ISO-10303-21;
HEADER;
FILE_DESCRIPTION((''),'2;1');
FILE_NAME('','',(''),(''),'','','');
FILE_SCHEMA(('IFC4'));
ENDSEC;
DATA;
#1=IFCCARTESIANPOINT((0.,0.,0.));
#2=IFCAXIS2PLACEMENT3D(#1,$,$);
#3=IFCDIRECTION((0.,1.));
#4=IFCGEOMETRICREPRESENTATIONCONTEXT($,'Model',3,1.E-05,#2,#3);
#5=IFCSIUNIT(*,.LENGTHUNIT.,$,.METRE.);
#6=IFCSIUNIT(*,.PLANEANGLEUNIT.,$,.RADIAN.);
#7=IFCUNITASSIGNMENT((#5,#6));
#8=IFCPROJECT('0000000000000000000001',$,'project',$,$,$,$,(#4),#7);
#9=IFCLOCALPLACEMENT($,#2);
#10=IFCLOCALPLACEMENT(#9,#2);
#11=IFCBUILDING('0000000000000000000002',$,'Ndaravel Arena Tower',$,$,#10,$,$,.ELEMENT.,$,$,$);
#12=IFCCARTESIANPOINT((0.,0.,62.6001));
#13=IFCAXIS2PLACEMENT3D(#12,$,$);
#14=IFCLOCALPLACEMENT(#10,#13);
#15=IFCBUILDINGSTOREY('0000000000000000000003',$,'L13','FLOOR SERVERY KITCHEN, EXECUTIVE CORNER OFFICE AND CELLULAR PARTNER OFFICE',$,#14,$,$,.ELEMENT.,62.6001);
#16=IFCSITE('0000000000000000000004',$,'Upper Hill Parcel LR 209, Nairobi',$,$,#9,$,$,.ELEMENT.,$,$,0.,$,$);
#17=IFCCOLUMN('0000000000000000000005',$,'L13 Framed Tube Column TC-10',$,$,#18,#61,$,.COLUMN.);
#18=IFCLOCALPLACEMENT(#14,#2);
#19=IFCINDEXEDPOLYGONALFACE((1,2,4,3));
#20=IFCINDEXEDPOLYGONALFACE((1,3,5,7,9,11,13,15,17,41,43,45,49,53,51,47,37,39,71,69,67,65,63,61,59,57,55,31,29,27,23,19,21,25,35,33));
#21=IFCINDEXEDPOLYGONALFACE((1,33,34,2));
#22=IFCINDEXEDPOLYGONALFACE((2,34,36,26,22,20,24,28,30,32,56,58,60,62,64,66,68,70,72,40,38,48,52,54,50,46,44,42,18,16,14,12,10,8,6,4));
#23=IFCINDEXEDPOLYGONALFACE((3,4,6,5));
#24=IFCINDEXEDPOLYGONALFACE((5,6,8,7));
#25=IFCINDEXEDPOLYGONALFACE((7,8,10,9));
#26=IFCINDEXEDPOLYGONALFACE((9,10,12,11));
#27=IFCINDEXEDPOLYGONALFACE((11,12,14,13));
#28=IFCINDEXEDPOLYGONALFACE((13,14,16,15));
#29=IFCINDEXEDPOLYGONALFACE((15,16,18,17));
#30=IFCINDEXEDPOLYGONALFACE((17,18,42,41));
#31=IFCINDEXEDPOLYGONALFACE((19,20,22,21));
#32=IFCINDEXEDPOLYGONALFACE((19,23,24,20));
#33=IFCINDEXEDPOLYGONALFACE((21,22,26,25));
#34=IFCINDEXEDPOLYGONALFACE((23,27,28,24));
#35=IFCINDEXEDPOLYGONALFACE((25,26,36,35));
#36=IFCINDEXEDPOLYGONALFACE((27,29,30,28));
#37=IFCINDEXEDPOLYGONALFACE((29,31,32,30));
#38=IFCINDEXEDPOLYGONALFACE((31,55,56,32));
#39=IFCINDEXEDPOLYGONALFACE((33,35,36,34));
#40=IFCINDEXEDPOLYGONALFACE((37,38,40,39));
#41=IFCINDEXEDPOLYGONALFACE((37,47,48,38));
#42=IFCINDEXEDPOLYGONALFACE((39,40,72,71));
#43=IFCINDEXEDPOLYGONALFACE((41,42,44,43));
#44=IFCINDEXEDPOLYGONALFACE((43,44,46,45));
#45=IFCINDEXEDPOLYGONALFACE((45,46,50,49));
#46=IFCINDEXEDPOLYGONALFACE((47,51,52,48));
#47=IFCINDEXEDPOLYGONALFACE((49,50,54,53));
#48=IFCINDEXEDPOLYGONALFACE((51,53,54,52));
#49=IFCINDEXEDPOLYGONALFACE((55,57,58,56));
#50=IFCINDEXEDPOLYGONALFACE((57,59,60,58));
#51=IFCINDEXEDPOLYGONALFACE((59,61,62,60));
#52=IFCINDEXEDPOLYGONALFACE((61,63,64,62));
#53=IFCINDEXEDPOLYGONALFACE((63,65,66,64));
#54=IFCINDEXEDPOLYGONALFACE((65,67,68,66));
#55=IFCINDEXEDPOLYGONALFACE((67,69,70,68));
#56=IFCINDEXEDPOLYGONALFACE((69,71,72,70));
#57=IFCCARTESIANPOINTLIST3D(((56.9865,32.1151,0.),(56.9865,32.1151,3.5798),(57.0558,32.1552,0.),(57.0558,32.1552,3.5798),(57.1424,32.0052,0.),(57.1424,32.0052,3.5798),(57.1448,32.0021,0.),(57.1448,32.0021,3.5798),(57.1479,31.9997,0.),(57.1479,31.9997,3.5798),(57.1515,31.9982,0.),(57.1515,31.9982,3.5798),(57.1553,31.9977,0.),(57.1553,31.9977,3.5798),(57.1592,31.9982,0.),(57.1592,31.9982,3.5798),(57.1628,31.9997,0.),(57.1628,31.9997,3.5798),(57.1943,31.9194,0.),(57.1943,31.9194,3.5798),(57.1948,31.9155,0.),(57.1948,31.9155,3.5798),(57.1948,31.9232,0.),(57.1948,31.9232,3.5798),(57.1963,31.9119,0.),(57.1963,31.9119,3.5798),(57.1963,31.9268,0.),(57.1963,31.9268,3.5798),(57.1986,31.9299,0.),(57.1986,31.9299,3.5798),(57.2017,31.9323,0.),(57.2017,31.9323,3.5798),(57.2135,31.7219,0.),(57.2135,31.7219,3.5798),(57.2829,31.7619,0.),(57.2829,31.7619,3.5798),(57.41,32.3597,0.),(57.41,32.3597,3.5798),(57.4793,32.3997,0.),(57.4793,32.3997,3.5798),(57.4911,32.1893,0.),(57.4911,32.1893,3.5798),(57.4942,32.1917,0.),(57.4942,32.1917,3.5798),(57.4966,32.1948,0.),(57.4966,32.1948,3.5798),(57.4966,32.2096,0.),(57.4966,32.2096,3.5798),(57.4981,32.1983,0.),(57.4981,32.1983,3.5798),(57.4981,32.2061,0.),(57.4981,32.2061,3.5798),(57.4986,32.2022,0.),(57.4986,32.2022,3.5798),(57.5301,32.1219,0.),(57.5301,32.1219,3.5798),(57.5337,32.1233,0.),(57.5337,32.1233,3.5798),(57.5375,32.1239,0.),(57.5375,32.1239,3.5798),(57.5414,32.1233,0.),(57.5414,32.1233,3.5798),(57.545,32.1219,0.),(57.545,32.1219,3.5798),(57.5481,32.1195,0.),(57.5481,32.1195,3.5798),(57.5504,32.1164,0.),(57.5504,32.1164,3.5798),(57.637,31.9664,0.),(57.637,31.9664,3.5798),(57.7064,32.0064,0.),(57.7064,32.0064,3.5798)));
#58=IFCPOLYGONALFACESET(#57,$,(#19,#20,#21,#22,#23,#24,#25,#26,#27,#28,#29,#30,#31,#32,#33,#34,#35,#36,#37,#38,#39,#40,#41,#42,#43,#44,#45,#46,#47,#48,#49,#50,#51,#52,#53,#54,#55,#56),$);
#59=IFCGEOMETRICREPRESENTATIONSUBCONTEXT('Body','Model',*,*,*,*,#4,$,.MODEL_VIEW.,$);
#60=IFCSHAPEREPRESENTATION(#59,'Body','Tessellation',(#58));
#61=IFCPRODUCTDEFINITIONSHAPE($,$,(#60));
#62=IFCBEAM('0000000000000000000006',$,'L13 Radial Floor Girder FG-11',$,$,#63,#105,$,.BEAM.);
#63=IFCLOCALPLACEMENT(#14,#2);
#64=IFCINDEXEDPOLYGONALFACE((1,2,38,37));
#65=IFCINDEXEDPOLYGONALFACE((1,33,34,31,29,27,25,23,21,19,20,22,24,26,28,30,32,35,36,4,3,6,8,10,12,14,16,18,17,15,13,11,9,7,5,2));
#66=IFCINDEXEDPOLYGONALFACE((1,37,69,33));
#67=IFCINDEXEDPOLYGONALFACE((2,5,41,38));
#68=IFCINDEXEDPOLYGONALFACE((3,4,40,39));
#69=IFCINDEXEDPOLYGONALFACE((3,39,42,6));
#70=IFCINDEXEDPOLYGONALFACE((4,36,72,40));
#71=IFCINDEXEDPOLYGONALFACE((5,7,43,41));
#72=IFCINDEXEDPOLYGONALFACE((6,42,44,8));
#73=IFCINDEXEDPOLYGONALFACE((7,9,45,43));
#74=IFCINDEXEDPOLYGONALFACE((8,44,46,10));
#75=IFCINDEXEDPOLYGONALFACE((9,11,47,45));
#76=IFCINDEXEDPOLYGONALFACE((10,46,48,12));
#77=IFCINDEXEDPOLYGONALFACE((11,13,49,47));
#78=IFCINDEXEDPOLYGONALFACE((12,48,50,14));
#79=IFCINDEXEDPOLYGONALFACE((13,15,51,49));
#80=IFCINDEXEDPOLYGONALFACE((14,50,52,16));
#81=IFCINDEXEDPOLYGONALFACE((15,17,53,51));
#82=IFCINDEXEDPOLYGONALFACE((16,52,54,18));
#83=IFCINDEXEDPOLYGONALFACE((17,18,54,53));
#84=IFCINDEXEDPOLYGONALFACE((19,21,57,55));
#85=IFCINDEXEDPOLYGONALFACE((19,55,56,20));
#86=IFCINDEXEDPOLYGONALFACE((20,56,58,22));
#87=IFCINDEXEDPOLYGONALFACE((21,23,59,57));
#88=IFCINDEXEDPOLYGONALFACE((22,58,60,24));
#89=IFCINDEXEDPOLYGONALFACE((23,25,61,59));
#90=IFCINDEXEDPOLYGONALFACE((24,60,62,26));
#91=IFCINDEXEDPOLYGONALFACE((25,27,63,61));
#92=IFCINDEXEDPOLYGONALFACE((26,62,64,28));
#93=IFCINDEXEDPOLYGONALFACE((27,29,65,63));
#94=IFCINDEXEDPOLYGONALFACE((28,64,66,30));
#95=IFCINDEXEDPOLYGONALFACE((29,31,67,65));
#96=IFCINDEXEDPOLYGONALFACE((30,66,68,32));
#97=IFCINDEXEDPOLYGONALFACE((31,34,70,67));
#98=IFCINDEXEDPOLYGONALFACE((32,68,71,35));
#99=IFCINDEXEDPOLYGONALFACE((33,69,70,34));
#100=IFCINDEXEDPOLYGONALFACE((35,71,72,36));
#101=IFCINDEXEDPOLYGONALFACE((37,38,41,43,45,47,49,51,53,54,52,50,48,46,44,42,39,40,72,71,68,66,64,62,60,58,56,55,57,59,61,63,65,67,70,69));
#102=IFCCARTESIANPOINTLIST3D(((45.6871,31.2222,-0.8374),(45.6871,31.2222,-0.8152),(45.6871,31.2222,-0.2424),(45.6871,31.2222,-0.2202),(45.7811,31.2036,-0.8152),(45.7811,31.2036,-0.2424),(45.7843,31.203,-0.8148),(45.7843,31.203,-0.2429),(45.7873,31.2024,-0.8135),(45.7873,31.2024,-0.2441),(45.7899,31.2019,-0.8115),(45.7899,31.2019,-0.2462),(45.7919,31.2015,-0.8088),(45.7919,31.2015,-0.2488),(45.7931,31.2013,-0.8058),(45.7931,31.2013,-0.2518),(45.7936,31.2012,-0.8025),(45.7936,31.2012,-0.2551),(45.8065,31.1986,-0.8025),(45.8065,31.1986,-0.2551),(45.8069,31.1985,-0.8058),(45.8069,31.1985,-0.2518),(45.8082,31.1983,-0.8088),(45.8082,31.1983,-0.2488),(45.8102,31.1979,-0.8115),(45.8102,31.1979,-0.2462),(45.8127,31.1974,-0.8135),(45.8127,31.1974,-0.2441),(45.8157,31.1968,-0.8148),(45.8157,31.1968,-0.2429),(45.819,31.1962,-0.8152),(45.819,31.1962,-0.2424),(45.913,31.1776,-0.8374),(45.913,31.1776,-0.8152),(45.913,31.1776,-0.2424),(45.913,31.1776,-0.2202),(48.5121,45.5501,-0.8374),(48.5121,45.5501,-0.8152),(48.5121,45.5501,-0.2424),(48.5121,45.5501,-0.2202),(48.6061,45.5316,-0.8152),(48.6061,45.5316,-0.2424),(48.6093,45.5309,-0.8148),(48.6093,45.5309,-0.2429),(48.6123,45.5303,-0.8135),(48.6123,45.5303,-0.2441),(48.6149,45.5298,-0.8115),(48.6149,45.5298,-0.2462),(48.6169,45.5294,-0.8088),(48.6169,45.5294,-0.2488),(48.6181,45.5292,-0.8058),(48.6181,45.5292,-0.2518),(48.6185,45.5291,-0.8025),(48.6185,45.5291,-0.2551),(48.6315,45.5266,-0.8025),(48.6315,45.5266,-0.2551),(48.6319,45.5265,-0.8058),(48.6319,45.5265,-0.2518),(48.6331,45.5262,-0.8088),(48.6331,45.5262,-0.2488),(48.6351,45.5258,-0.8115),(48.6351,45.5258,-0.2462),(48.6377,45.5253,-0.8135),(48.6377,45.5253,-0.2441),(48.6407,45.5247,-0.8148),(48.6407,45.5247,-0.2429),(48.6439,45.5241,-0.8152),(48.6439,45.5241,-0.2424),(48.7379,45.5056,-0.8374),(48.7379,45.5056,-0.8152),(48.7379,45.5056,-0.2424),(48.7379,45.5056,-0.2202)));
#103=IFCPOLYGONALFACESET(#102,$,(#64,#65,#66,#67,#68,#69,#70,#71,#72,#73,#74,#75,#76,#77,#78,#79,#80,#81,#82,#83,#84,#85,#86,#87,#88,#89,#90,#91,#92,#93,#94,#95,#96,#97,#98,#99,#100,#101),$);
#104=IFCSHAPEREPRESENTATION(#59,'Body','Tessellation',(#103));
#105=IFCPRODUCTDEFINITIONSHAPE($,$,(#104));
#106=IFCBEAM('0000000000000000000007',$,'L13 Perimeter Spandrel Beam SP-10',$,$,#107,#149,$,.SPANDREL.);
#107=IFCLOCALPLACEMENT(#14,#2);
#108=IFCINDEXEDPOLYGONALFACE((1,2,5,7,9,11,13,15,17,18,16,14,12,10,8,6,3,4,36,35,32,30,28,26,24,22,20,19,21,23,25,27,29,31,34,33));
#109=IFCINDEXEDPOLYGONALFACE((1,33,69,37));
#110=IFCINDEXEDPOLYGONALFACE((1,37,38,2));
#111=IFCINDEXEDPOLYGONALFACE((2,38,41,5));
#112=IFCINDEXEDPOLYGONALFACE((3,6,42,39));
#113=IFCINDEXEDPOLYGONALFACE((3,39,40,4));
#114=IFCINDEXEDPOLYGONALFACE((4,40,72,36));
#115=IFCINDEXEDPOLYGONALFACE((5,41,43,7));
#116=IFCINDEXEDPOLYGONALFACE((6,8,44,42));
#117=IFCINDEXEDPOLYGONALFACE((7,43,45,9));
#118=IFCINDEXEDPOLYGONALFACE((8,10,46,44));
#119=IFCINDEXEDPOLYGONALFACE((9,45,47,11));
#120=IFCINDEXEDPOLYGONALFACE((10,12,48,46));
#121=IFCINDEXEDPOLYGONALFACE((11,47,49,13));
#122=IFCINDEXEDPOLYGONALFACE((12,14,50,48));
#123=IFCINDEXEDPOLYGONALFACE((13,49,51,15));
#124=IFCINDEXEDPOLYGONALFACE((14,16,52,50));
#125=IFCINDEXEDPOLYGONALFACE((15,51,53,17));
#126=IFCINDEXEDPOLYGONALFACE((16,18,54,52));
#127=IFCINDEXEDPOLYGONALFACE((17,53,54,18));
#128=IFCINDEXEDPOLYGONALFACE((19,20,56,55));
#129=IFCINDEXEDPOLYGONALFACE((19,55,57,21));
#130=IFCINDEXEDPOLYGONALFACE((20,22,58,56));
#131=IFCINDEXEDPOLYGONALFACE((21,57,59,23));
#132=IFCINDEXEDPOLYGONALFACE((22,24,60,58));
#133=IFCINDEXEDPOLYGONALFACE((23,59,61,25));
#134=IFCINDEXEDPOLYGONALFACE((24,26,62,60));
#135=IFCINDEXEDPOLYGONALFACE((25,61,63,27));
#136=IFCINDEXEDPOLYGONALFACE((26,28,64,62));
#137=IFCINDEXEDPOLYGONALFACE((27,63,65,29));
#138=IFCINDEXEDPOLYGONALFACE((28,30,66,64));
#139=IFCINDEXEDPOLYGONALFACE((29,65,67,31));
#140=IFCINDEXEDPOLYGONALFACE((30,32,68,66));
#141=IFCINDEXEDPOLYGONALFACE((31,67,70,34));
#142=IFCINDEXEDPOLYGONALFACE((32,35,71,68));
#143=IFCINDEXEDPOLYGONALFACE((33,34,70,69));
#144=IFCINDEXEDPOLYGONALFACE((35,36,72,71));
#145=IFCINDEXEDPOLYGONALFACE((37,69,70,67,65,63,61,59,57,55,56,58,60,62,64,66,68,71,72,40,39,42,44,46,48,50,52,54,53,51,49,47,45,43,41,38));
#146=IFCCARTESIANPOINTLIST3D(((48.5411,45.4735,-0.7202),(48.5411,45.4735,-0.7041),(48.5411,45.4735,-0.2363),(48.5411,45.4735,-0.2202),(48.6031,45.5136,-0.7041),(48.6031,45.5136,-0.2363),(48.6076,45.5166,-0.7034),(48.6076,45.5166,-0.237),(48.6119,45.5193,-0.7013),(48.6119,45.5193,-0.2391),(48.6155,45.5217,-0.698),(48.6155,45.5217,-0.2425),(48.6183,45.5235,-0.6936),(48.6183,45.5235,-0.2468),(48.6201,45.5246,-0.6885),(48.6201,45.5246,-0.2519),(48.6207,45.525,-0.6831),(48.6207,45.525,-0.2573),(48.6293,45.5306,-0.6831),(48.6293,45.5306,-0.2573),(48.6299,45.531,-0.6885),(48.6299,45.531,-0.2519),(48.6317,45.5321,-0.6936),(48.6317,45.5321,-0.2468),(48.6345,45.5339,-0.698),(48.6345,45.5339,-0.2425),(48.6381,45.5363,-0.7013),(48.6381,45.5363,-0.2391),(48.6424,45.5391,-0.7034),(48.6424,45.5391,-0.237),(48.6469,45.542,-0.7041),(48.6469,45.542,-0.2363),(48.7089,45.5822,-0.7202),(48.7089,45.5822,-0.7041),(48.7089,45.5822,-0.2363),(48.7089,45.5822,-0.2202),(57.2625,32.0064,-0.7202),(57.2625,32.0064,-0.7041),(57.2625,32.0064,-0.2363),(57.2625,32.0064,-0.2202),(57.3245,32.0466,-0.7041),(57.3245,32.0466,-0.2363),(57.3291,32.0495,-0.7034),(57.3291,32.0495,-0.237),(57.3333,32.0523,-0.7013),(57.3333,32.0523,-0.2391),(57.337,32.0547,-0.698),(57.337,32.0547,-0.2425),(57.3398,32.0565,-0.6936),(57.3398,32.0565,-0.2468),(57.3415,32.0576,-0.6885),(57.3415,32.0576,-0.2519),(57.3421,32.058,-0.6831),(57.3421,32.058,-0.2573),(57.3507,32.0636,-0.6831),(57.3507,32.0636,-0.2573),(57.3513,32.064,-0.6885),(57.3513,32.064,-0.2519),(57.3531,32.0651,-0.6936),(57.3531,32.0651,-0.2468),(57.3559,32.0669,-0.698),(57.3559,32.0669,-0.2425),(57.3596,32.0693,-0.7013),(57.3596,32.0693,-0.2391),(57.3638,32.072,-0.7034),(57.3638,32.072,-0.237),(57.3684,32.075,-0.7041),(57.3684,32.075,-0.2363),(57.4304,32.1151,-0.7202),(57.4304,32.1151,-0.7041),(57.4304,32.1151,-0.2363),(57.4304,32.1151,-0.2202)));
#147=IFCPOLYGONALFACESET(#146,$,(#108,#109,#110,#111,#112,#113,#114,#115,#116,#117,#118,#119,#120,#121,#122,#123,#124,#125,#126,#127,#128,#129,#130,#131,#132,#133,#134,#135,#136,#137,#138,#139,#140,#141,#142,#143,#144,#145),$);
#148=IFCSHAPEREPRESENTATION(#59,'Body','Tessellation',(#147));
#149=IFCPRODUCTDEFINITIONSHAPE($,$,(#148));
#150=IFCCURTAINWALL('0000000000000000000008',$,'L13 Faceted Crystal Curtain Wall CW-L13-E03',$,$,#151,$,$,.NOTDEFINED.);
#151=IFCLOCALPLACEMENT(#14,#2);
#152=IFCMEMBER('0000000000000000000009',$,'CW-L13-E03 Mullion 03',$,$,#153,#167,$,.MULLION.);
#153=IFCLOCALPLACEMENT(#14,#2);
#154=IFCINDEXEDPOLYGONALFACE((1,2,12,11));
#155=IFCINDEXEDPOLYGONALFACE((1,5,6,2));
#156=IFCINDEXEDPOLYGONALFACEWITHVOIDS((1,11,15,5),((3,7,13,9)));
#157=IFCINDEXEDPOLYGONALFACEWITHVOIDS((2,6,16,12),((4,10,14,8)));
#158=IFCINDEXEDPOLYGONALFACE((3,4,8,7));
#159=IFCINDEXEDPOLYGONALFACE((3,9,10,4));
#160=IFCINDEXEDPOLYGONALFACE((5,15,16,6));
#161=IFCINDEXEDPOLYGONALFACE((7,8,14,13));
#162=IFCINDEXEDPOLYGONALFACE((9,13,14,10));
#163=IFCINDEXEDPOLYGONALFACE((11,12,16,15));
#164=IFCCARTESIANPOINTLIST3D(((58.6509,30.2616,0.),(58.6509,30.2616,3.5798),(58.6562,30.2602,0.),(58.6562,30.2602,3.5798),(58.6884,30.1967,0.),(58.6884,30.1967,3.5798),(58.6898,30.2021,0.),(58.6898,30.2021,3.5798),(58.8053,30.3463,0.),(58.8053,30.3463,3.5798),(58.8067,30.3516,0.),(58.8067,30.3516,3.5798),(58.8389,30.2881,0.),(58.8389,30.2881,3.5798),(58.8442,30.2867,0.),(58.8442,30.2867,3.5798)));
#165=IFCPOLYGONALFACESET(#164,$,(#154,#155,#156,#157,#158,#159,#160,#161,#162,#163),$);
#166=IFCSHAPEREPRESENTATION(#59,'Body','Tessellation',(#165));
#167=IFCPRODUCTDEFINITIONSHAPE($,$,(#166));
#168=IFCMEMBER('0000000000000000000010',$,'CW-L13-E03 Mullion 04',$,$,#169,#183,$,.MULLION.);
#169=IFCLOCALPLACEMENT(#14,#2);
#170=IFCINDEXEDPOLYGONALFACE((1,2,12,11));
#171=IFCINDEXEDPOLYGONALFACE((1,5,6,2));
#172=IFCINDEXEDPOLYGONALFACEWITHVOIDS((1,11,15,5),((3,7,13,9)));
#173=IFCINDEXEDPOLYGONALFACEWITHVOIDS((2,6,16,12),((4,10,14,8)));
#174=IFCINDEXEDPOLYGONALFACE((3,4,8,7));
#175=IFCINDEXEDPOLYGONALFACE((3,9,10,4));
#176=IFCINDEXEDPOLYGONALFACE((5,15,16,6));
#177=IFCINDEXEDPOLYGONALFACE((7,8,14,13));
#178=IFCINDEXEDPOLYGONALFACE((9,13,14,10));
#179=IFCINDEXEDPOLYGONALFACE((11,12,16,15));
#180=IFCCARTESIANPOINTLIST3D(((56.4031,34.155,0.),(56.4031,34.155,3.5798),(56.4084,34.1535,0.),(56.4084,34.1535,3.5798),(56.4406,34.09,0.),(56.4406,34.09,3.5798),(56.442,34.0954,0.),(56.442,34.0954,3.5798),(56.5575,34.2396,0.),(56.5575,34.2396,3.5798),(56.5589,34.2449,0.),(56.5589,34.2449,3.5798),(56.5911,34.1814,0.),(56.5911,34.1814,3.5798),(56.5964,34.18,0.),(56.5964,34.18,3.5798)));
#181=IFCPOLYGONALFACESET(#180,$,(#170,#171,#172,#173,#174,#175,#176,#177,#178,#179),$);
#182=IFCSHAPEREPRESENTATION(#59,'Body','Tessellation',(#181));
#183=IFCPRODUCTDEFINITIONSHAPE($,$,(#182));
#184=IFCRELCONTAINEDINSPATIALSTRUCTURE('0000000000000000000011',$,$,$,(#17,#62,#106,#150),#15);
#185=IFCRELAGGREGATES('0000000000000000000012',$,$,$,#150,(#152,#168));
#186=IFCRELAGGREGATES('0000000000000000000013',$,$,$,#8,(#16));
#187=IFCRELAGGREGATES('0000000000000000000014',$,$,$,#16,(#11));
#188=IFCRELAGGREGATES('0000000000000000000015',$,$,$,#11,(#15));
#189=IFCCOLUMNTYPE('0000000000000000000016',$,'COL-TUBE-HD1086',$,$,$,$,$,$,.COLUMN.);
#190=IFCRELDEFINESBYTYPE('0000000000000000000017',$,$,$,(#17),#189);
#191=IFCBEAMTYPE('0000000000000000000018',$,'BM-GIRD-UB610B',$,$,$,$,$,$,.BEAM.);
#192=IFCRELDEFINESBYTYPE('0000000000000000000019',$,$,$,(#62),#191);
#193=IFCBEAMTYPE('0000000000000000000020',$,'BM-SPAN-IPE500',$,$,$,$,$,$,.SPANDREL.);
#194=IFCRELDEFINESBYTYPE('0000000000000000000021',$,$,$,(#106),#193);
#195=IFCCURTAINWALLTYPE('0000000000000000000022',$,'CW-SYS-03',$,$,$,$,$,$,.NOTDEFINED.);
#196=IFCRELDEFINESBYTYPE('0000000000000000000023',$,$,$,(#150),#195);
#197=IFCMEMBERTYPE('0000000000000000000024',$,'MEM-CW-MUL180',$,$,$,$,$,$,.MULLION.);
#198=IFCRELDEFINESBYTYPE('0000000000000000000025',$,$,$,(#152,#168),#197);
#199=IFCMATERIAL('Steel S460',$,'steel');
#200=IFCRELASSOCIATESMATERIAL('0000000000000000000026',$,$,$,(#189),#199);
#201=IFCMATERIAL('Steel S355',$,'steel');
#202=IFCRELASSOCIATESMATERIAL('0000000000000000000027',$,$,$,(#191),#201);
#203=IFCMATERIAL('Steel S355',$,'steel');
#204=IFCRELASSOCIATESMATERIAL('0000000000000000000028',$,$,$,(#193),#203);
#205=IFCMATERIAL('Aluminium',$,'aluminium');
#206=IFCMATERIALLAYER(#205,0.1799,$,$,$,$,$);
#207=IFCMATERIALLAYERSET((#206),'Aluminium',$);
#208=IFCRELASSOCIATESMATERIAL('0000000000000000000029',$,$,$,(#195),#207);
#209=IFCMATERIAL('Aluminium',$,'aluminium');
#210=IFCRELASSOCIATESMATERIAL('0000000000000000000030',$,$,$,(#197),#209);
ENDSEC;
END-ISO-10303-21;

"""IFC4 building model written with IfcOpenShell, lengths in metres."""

from ifc_helpers import new_model, si_unit, direction, frame, origin, origin_2d, place, context, subcontext, project, spatial, hollow_rectangle, i_section, extrude, material, layer, layer_set, material_profile, profile_set, type_object, element, aggregate, save


model = new_model("IFC4")

# Units and contexts
model_context = context("Model", 3, precision=1e-05, world=origin(), true_north=direction((0.0, 1.0)))
body_context = subcontext(model_context, "Body", "Model", "MODEL_VIEW")
ifc_project = project(units=[si_unit("LENGTHUNIT", "METRE"), si_unit("PLANEANGLEUNIT", "RADIAN")], contexts=[model_context])

# Site, building, storey
site_placement = place(None, origin())
site = spatial("IfcSite", under=ifc_project, at=site_placement, Name="Upper Hill Parcel LR 209, Nairobi", CompositionType="ELEMENT", RefElevation=0.0)
building_placement = place(site_placement, origin())
building = spatial("IfcBuilding", under=site, at=building_placement, Name="Ndaravel Arena Tower", CompositionType="ELEMENT")
storey_placement = place(building_placement, frame((0.0, 0.0, 62.6001)))
storey = spatial("IfcBuildingStorey", under=building, at=storey_placement, Name="L13", Description="FLOOR SERVERY KITCHEN, EXECUTIVE CORNER OFFICE AND CELLULAR PARTNER OFFICE", CompositionType="ELEMENT", Elevation=62.6001)

# Column
ifc_material_1 = material(Name="Steel S460", Category="steel")
ifc_material_profile_1 = material_profile(ifc_material_1, i_section(OverallWidth=0.4541, OverallDepth=0.5691, WebThickness=0.0779, FlangeThickness=0.0801, FilletRadius=0.0149, at=origin_2d()), Name="HD 400x1086")
ifc_profile_set_1 = profile_set([ifc_material_profile_1], Name="Steel S460")
column_type = type_object("IfcColumnType", Name="COL-TUBE-HD1086", PredefinedType="COLUMN", material=ifc_profile_set_1)
column_placement = place(storey_placement, frame((57.3464, 32.0608, 0.0), z_axis=(0.0, 0.0, 1.0), x_axis=(-0.5, 0.866025, 0.0)))
element("IfcColumn", 1, at=column_placement, inside=storey, type_object=column_type, Name="L13 Framed Tube Column TC-10", PredefinedType="COLUMN", context=body_context, shape_type="SweptSolid", body=[
    extrude(i_section(OverallWidth=0.4541, OverallDepth=0.5691, WebThickness=0.0779, FlangeThickness=0.0801, FilletRadius=0.0149, at=origin_2d()), origin(), (0.0, 0.0, 1.0), 3.5798),
])

# Beams
ifc_material_2 = material(Name="Steel S355", Category="steel")
ifc_material_profile_2 = material_profile(ifc_material_2, i_section(OverallWidth=0.2302, OverallDepth=0.6172, WebThickness=0.0132, FlangeThickness=0.0222, FilletRadius=0.0127, at=origin_2d()), Name="UB 610x229x140")
ifc_profile_set_2 = profile_set([ifc_material_profile_2], Name="Steel S355")
beam_type_1 = type_object("IfcBeamType", Name="BM-GIRD-UB610B", PredefinedType="BEAM", material=ifc_profile_set_2)
beam_1_placement = place(storey_placement, frame((48.625, 45.5278, -0.5288), z_axis=(-0.193441, -0.981112, 0.0), x_axis=(0.981112, -0.193441, 0.0)))
element("IfcBeam", 2, at=beam_1_placement, inside=storey, type_object=beam_type_1, Name="L13 Radial Floor Girder FG-11", PredefinedType="BEAM", context=body_context, shape_type="SweptSolid", body=[
    extrude(i_section(OverallWidth=0.2302, OverallDepth=0.6172, WebThickness=0.0132, FlangeThickness=0.0222, FilletRadius=0.0127, at=origin_2d()), origin(), (0.0, 0.0, 1.0), 14.6038),
])
ifc_material_3 = material(Name="Steel S355", Category="steel")
ifc_material_profile_3 = material_profile(ifc_material_3, i_section(OverallWidth=0.2, OverallDepth=0.5, WebThickness=0.0103, FlangeThickness=0.0161, FilletRadius=0.021, at=origin_2d()), Name="IPE 500")
ifc_profile_set_3 = profile_set([ifc_material_profile_3], Name="Steel S355")
beam_type_2 = type_object("IfcBeamType", Name="BM-SPAN-IPE500", PredefinedType="SPANDREL", material=ifc_profile_set_3)
beam_2_placement = place(storey_placement, frame((57.3464, 32.0608, -0.4702), z_axis=(-0.543579, 0.839358, 0.0), x_axis=(-0.839358, -0.543579, 0.0)))
element("IfcBeam", 3, at=beam_2_placement, inside=storey, type_object=beam_type_2, Name="L13 Perimeter Spandrel Beam SP-10", PredefinedType="SPANDREL", context=body_context, shape_type="SweptSolid", body=[
    extrude(i_section(OverallWidth=0.2, OverallDepth=0.5, WebThickness=0.0103, FlangeThickness=0.0161, FilletRadius=0.021, at=origin_2d()), origin(), (0.0, 0.0, 1.0), 16.0444),
])

# Curtain wall, members
ifc_material_4 = material(Name="Aluminium", Category="aluminium")
ifc_layer_1 = layer(ifc_material_4, 0.1799)
ifc_layer_set_1 = layer_set([ifc_layer_1], Name="Aluminium")
curtain_wall_type_1 = type_object("IfcCurtainWallType", Name="CW-SYS-03", PredefinedType="NOTDEFINED", material=ifc_layer_set_1)
curtain_wall_1_placement = place(storey_placement, origin())
curtain_wall_1 = element("IfcCurtainWall", 4, at=curtain_wall_1_placement, inside=storey, type_object=curtain_wall_type_1, Name="L13 Faceted Crystal Curtain Wall CW-L13-E03", PredefinedType="NOTDEFINED")
ifc_material_5 = material(Name="Aluminium", Category="aluminium")
ifc_material_profile_4 = material_profile(ifc_material_5, hollow_rectangle(XDim=0.075, YDim=0.1799, WallThickness=0.0039, at=origin_2d()), Name="CW MULLION 75x180x4")
ifc_profile_set_4 = profile_set([ifc_material_profile_4], Name="Aluminium")
member_type_1 = type_object("IfcMemberType", Name="MEM-CW-MUL180", PredefinedType="MULLION", material=ifc_profile_set_4)
member_1_placement = place(storey_placement, frame((58.7476, 30.2742, 0.0), z_axis=(0.0, 0.0, 1.0), x_axis=(-0.5, 0.866025, 0.0)))
member_1 = element("IfcMember", 5, at=member_1_placement, type_object=member_type_1, Name="CW-L13-E03 Mullion 03", PredefinedType="MULLION", context=body_context, shape_type="SweptSolid", body=[
    extrude(hollow_rectangle(XDim=0.075, YDim=0.1799, WallThickness=0.0039, at=origin_2d()), origin(), (0.0, 0.0, 1.0), 3.5798),
])
member_2_placement = place(storey_placement, frame((56.4998, 34.1675, 0.0), z_axis=(0.0, 0.0, 1.0), x_axis=(-0.5, 0.866025, 0.0)))
member_2 = element("IfcMember", 6, at=member_2_placement, type_object=member_type_1, Name="CW-L13-E03 Mullion 04", PredefinedType="MULLION", context=body_context, shape_type="SweptSolid", body=[
    extrude(hollow_rectangle(XDim=0.075, YDim=0.1799, WallThickness=0.0039, at=origin_2d()), origin(), (0.0, 0.0, 1.0), 3.5798),
])

aggregate(curtain_wall_1, [member_1, member_2])

save(model, "model.ifc")
